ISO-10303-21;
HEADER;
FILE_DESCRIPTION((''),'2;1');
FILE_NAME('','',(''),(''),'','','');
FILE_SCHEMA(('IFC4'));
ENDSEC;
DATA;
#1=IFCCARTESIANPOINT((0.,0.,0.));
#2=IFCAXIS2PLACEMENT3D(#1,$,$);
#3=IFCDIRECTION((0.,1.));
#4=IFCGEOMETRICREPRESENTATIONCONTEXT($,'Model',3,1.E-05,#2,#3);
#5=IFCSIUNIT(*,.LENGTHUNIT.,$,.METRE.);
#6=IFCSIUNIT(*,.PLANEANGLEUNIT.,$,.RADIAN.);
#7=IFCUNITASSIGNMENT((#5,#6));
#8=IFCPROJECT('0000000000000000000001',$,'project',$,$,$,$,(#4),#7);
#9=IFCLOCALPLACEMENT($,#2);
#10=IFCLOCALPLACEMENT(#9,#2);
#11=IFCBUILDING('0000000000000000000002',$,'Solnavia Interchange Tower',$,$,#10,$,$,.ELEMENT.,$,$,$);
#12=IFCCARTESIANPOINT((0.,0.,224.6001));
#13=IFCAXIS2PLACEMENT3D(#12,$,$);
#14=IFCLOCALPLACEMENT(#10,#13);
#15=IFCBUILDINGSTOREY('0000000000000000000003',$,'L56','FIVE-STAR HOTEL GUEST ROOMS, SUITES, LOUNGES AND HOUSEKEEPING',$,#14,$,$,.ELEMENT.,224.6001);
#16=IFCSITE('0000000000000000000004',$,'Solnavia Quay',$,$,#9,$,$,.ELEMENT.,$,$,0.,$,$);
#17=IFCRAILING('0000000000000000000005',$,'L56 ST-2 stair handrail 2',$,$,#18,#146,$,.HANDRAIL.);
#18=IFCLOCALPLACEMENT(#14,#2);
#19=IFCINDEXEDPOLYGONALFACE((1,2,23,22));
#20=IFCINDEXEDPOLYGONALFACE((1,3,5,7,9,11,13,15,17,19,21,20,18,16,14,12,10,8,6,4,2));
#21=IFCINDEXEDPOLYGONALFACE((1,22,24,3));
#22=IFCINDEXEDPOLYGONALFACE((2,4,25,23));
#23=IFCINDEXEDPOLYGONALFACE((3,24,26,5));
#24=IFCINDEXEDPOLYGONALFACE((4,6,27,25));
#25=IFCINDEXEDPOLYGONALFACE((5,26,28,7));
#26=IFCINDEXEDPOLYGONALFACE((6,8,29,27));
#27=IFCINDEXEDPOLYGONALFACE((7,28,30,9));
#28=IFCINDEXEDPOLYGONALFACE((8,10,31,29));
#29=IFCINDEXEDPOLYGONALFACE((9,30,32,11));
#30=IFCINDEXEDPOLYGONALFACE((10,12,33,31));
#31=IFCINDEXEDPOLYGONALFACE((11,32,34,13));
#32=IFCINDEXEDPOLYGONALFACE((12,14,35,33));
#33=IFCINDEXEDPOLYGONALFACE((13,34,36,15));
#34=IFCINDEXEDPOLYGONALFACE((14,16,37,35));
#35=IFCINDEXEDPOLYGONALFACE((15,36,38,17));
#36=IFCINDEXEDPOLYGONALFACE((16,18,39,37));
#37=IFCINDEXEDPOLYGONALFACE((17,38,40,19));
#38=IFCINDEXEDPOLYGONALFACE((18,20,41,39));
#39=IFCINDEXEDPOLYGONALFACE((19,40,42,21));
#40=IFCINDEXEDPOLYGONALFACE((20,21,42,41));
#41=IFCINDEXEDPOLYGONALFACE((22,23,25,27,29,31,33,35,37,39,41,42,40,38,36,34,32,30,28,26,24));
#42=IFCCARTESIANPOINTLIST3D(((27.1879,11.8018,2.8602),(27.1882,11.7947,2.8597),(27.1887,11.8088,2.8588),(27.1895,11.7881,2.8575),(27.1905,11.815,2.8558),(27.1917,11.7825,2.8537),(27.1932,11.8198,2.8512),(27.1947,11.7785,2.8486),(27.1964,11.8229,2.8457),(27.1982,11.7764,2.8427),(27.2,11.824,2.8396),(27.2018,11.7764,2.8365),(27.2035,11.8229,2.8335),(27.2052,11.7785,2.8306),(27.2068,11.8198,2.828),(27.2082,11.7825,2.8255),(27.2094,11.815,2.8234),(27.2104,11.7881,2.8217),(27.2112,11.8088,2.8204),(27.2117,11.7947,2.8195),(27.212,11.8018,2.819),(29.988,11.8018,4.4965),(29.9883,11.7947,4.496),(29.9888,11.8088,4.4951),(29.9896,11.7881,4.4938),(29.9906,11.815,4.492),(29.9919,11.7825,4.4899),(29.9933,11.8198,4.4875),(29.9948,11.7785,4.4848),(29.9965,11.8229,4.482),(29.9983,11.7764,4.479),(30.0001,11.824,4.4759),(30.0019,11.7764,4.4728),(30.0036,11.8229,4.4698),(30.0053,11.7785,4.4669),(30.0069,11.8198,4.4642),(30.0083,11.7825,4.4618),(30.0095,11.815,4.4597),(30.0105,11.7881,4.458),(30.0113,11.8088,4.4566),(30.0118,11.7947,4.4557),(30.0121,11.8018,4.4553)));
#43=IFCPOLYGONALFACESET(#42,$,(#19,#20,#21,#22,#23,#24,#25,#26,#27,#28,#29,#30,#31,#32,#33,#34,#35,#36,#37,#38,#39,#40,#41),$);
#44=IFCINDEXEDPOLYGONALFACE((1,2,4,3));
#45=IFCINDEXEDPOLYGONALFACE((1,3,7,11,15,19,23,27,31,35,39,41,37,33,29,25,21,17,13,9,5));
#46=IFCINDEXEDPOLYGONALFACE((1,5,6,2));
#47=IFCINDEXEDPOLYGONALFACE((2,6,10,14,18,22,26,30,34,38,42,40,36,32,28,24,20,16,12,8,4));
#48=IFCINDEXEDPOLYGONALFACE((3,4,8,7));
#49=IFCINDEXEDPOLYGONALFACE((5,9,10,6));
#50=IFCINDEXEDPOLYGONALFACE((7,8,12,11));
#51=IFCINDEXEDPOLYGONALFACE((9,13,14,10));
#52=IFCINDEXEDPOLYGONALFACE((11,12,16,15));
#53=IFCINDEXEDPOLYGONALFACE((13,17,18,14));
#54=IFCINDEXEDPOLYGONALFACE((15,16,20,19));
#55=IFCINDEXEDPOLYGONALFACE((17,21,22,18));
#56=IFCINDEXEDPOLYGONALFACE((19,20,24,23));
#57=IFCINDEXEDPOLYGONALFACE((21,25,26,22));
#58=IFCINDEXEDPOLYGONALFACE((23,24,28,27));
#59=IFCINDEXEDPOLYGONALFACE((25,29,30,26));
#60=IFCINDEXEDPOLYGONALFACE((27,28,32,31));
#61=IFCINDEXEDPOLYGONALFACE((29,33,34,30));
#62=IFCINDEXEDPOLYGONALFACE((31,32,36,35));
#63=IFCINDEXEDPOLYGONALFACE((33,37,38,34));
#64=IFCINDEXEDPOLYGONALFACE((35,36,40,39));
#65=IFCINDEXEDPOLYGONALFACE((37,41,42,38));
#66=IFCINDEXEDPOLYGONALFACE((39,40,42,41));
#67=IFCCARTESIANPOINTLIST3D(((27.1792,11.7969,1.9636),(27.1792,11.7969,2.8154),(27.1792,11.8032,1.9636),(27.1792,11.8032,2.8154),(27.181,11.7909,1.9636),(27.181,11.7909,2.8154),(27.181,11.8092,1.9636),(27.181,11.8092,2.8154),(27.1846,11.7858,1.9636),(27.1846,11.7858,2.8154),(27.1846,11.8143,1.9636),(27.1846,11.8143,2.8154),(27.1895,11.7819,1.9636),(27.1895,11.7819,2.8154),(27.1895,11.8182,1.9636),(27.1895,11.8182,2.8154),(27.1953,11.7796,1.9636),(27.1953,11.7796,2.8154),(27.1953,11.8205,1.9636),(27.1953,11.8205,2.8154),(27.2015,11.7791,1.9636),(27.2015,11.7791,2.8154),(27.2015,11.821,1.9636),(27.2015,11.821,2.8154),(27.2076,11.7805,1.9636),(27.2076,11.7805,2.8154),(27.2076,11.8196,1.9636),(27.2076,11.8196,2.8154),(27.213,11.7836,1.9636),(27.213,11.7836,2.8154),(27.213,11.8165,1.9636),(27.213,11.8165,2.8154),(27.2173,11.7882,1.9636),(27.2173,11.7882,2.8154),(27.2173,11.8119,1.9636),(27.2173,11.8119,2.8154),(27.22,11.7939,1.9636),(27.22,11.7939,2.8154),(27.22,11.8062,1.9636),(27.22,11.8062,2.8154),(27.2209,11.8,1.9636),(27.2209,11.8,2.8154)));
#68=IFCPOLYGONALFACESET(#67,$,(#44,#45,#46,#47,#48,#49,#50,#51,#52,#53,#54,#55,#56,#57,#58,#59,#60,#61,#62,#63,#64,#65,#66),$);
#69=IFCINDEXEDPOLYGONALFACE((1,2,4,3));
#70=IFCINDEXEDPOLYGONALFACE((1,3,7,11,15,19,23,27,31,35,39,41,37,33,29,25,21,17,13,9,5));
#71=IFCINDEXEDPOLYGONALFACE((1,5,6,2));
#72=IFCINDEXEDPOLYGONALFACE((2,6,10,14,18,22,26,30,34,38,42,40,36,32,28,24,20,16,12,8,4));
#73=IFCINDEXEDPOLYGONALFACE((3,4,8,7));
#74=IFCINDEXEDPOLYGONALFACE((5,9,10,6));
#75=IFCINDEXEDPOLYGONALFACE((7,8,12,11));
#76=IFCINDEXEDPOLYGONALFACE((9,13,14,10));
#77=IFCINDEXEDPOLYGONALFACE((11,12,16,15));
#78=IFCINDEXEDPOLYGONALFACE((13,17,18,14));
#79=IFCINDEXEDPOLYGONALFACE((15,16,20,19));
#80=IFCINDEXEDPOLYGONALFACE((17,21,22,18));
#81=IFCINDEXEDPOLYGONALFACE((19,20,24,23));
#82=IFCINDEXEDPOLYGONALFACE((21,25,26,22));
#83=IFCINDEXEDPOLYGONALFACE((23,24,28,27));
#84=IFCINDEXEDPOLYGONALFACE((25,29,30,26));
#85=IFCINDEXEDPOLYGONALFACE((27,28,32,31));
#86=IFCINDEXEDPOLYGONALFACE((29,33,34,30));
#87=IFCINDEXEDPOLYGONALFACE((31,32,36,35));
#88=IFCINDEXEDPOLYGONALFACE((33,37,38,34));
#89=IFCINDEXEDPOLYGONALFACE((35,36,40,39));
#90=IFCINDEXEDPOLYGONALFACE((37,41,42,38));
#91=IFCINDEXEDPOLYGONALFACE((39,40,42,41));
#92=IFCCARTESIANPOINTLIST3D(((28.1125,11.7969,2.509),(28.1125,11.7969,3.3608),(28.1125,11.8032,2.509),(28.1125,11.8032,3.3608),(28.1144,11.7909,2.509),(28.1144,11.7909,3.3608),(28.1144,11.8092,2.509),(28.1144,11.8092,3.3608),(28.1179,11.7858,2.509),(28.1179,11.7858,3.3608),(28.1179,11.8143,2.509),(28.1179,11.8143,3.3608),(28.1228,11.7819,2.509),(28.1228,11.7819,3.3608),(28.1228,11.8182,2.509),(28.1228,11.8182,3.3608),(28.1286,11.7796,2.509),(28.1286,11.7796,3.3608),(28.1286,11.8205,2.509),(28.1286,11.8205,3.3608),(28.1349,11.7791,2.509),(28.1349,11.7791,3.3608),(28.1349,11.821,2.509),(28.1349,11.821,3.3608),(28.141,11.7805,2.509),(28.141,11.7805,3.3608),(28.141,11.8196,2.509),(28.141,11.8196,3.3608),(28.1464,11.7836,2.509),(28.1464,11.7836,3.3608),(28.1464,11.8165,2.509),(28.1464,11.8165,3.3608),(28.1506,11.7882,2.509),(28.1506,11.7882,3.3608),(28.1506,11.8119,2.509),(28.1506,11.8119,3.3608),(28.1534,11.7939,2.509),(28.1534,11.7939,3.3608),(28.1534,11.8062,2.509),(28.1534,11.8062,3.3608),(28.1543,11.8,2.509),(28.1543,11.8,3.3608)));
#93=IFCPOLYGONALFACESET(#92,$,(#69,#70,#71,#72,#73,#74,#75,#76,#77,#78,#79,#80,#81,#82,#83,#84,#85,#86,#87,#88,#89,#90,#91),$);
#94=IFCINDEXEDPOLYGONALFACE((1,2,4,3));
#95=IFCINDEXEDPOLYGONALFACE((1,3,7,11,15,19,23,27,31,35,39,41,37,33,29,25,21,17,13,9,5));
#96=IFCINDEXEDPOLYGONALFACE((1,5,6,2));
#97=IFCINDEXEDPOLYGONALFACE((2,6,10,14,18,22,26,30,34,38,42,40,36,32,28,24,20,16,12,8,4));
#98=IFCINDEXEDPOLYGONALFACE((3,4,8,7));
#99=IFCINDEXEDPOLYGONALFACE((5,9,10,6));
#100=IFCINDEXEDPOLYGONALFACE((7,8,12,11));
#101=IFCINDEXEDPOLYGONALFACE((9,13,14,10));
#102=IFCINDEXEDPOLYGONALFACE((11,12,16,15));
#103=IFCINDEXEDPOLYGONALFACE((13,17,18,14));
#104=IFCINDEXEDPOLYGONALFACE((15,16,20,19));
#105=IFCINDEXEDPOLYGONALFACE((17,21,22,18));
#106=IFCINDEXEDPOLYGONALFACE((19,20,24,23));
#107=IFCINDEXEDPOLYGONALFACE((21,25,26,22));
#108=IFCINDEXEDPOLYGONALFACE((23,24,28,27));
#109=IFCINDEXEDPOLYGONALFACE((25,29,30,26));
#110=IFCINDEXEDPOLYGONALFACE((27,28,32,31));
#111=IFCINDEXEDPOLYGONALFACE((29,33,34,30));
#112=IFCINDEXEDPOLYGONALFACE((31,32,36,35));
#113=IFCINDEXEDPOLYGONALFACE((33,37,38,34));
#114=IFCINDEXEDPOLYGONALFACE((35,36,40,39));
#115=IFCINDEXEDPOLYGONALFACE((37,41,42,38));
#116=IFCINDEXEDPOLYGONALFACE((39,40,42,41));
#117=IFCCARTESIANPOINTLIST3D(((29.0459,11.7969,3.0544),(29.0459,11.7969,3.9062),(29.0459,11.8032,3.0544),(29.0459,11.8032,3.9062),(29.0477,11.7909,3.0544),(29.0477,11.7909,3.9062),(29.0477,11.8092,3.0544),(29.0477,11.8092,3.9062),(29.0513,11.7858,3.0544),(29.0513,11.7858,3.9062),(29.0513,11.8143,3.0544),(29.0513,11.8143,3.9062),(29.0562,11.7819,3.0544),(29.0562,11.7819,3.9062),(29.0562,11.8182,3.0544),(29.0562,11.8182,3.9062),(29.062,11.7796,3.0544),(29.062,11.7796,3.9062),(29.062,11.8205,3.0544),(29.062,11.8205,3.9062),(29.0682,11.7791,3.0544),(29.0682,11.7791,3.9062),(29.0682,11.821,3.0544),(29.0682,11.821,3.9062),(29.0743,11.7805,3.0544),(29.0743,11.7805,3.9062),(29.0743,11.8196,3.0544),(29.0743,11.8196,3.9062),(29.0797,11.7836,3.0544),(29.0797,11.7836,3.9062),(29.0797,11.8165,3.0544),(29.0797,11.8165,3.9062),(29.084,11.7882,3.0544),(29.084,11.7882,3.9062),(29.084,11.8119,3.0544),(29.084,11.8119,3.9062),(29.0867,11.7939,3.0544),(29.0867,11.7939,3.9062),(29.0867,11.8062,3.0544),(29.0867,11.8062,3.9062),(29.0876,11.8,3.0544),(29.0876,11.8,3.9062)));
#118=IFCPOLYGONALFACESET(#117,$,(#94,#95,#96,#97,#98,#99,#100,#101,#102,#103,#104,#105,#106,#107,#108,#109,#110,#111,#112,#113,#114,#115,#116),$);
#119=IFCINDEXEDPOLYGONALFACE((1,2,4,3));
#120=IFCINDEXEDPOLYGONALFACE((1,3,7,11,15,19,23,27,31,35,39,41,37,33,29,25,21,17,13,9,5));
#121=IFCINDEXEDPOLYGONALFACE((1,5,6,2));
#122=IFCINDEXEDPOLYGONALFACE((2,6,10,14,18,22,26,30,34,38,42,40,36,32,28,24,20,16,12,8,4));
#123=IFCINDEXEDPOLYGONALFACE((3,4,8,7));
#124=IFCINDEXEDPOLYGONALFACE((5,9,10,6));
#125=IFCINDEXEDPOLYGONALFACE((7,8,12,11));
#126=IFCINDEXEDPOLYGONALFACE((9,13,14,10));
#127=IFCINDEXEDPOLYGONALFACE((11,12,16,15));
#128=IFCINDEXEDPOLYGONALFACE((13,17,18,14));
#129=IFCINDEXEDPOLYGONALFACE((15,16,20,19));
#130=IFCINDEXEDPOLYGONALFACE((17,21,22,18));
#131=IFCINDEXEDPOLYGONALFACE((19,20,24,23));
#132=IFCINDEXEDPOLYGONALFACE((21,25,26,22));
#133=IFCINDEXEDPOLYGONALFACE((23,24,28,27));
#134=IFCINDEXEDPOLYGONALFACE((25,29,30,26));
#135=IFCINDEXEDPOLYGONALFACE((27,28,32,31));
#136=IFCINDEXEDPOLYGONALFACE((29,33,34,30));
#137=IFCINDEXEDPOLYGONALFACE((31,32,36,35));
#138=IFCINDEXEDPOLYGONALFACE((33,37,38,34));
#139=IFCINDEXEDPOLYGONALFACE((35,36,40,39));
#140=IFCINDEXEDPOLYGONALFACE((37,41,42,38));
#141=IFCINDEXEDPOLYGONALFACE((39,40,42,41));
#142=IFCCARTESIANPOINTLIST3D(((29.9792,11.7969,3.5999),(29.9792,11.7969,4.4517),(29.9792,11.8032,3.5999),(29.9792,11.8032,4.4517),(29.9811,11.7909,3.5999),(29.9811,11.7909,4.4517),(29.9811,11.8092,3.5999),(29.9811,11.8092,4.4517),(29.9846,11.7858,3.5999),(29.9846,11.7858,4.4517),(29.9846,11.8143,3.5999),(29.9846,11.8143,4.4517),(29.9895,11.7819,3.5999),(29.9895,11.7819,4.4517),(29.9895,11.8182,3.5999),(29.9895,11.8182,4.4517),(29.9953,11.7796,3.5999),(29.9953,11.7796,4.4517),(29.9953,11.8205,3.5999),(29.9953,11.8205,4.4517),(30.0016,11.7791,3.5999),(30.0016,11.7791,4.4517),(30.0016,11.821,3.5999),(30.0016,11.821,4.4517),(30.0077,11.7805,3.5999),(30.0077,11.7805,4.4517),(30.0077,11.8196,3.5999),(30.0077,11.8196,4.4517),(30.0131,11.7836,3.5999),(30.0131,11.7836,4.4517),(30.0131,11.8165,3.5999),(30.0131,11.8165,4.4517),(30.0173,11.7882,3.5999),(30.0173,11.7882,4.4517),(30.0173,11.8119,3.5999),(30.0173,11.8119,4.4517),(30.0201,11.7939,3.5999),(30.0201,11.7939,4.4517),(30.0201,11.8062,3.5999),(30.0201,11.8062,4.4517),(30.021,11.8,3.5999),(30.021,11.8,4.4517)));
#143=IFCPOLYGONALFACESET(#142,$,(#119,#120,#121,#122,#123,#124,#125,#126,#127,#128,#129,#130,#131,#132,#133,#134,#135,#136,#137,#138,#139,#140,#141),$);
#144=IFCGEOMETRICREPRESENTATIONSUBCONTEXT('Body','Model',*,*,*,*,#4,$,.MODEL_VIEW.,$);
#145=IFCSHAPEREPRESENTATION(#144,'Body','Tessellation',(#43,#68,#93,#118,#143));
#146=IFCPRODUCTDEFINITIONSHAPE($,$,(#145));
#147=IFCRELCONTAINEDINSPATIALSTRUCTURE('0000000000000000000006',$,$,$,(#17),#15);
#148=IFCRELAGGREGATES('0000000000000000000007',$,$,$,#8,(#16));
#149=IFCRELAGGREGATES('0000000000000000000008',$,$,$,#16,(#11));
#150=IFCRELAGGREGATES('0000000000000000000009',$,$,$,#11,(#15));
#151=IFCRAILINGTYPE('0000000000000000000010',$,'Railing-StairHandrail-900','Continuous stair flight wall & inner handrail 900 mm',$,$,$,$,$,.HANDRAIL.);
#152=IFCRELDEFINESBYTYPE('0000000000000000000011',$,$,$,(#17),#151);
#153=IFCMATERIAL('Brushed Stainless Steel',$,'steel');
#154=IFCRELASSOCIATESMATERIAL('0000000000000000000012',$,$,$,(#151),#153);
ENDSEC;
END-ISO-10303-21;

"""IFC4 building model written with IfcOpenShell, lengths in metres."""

from ifc_helpers import new_model, si_unit, direction, frame, origin, origin_2d, place, context, subcontext, project, spatial, circle, extrude, material, type_object, element, save


model = new_model("IFC4")

# Units and contexts
model_context = context("Model", 3, precision=1e-05, world=origin(), true_north=direction((0.0, 1.0)))
body_context = subcontext(model_context, "Body", "Model", "MODEL_VIEW")
ifc_project = project(units=[si_unit("LENGTHUNIT", "METRE"), si_unit("PLANEANGLEUNIT", "RADIAN")], contexts=[model_context])

# Site, building, storey
site_placement = place(None, origin())
site = spatial("IfcSite", under=ifc_project, at=site_placement, Name="Solnavia Quay", CompositionType="ELEMENT", RefElevation=0.0)
building_placement = place(site_placement, origin())
building = spatial("IfcBuilding", under=site, at=building_placement, Name="Solnavia Interchange Tower", CompositionType="ELEMENT")
storey_placement = place(building_placement, frame((0.0, 0.0, 224.6001)))
storey = spatial("IfcBuildingStorey", under=building, at=storey_placement, Name="L56", Description="FIVE-STAR HOTEL GUEST ROOMS, SUITES, LOUNGES AND HOUSEKEEPING", CompositionType="ELEMENT", Elevation=224.6001)

# Railing
ifc_material_1 = material(Name="Brushed Stainless Steel", Category="steel")
railing_type_1 = type_object("IfcRailingType", Name="Railing-StairHandrail-900", Description="Continuous stair flight wall & inner handrail 900 mm", PredefinedType="HANDRAIL", material=ifc_material_1)
railing_1_placement = place(storey_placement, frame((27.2, 11.8, 1.9636)))
element("IfcRailing", 1, at=railing_1_placement, inside=storey, type_object=railing_type_1, Name="L56 ST-2 stair handrail 2", PredefinedType="HANDRAIL", context=body_context, shape_type="SweptSolid", body=[
    extrude(circle(Radius=0.0239, at=origin_2d()), frame((0.0, 0.0, 0.876), z_axis=(0.863394, 0.0, 0.504531), x_axis=(0.0, 1.0, 0.0)), (0.0, 0.0, 1.0), 3.2432),
    extrude(circle(Radius=0.021, at=origin_2d()), origin(), (0.0, 0.0, 1.0), 0.8518),
    extrude(circle(Radius=0.021, at=origin_2d()), frame((0.9333, 0.0, 0.5454)), (0.0, 0.0, 1.0), 0.8518),
    extrude(circle(Radius=0.021, at=origin_2d()), frame((1.8667, 0.0, 1.0908)), (0.0, 0.0, 1.0), 0.8518),
    extrude(circle(Radius=0.021, at=origin_2d()), frame((2.8, 0.0, 1.6362)), (0.0, 0.0, 1.0), 0.8518),
])

save(model, "model.ifc")
